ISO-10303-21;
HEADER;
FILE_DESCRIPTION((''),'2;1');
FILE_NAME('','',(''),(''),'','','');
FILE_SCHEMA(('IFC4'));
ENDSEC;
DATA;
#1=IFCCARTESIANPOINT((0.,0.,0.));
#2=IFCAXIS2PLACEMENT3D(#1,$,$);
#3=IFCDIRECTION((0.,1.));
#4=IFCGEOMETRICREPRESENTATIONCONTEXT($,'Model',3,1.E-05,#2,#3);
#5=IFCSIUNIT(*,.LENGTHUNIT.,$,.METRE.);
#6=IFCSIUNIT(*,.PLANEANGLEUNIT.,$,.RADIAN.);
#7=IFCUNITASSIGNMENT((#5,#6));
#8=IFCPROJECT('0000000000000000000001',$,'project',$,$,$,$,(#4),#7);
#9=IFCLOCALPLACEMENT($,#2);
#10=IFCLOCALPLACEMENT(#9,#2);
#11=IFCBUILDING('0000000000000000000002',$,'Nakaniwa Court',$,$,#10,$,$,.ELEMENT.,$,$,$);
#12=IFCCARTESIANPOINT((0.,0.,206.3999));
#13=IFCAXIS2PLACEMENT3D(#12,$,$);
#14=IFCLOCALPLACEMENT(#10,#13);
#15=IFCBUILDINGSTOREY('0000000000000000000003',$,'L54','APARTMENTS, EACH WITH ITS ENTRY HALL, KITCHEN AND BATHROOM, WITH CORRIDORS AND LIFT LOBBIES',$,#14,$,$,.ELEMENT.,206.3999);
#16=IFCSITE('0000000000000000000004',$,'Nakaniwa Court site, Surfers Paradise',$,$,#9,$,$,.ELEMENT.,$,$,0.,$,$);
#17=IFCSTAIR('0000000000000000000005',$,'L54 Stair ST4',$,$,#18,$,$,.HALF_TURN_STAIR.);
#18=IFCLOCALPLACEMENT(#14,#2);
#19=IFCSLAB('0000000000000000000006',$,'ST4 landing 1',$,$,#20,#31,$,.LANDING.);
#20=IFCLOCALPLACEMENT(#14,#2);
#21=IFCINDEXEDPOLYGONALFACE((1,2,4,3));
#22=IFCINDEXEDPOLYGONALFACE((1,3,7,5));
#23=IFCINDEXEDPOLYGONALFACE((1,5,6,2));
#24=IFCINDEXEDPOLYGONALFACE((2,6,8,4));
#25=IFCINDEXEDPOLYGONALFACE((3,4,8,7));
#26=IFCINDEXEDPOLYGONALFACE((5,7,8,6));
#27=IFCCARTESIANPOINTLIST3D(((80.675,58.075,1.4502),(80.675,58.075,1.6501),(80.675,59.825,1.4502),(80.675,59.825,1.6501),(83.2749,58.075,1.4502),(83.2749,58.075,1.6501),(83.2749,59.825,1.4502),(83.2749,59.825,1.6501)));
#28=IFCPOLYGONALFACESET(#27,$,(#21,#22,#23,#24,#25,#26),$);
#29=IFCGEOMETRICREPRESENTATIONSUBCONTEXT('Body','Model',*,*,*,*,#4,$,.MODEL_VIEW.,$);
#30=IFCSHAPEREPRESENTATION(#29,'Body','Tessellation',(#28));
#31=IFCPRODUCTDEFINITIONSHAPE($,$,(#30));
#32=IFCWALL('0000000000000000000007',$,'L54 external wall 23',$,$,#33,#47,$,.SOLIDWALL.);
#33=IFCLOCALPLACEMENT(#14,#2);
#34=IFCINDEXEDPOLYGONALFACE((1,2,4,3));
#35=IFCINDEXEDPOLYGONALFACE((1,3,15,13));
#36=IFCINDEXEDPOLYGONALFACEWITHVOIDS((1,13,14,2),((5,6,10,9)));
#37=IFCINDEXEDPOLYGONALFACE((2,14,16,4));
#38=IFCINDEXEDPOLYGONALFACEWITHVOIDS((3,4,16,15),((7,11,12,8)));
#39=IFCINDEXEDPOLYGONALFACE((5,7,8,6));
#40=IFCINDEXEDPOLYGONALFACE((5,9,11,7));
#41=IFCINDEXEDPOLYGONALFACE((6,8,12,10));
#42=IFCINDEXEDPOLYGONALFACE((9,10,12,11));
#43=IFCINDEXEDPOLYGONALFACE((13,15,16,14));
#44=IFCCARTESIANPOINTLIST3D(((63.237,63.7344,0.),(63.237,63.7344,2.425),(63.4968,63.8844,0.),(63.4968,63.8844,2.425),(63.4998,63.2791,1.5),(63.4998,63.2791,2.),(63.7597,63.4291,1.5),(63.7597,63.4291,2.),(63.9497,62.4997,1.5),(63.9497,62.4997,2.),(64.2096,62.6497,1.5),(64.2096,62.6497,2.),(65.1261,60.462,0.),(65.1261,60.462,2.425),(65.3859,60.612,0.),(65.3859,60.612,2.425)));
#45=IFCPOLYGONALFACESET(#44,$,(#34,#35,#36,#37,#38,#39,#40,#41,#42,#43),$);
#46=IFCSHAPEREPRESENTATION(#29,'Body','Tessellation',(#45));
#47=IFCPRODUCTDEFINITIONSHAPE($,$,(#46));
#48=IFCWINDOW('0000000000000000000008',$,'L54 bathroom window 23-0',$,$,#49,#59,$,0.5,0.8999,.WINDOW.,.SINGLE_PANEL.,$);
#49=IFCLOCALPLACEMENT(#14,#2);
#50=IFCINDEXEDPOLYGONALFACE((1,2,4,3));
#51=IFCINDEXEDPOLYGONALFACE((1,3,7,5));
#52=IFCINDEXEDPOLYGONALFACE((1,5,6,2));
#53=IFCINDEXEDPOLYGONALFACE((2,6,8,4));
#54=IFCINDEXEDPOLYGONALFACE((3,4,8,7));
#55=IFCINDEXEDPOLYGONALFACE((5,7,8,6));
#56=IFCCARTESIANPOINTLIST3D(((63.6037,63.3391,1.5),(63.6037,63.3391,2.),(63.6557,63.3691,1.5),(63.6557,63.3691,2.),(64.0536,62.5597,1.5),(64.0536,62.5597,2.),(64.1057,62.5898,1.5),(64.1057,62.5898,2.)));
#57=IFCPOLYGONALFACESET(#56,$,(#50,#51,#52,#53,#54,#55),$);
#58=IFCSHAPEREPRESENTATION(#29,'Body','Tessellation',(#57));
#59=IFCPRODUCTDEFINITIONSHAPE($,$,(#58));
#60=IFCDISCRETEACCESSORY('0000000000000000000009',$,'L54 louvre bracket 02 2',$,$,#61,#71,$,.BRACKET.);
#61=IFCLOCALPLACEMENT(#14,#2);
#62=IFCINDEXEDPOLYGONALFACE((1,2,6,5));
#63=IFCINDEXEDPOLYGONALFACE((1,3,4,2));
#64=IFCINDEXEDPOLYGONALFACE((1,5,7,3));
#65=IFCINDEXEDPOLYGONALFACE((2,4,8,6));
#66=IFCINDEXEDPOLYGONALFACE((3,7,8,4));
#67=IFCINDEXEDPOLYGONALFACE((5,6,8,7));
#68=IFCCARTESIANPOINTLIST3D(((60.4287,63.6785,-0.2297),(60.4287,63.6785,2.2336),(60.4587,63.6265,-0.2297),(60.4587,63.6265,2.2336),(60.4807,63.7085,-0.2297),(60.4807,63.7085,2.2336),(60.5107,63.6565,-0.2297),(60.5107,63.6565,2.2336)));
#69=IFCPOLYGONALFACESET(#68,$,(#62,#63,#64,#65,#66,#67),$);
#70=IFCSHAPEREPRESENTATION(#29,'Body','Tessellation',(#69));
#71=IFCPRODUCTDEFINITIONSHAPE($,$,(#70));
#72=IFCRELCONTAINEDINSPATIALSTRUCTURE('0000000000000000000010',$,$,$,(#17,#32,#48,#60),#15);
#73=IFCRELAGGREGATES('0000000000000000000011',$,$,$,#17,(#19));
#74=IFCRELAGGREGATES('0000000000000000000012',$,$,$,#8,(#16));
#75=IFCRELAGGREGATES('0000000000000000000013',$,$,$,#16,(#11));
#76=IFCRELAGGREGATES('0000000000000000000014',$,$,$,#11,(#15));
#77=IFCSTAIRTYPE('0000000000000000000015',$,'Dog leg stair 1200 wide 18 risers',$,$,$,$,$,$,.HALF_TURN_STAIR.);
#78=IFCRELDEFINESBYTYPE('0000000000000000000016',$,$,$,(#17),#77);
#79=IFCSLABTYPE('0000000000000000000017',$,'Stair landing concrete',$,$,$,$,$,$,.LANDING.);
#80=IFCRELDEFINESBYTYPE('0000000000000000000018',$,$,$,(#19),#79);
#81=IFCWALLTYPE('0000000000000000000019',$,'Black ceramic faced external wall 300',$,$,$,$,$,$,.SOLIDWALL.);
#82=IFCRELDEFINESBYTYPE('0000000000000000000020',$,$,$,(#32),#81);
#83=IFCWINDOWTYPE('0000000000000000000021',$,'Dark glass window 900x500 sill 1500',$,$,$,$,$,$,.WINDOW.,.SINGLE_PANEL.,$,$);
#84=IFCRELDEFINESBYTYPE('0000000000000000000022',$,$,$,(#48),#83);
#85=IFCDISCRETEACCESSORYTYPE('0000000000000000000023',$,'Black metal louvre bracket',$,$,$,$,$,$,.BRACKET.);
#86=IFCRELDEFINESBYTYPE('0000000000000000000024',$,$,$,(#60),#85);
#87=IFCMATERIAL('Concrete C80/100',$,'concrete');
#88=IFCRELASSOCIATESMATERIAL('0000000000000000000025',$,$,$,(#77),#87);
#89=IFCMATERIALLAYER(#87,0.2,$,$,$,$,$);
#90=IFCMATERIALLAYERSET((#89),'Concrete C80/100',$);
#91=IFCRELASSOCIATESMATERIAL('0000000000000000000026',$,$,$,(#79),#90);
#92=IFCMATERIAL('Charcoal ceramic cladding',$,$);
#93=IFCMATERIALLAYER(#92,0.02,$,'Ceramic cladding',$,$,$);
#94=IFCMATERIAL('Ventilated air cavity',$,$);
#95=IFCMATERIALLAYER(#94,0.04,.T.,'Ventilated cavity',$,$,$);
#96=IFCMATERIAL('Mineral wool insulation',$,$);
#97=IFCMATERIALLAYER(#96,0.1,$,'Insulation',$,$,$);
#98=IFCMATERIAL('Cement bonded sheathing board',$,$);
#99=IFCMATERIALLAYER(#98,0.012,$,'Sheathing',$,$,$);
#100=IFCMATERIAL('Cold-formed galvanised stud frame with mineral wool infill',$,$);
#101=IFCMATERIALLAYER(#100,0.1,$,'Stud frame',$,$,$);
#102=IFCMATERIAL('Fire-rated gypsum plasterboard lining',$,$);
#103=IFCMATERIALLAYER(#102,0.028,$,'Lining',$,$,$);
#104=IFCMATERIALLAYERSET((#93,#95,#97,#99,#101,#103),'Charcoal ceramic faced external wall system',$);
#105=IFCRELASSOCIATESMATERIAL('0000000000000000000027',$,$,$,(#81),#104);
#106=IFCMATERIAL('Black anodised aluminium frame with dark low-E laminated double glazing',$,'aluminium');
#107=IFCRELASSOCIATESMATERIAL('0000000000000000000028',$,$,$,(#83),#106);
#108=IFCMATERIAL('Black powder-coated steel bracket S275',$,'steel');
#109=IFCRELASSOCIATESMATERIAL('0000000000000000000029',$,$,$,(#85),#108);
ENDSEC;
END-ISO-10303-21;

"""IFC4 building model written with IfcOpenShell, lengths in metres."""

from ifc_helpers import new_model, si_unit, direction, frame, frame_2d, origin, origin_2d, place, context, subcontext, project, spatial, polyline, rectangle, outline, extrude, material, layer, layer_set, type_object, element, fill, aggregate, save


model = new_model("IFC4")

# Units and contexts
model_context = context("Model", 3, precision=1e-05, world=origin(), true_north=direction((0.0, 1.0)))
body_context = subcontext(model_context, "Body", "Model", "MODEL_VIEW")
ifc_project = project(units=[si_unit("LENGTHUNIT", "METRE"), si_unit("PLANEANGLEUNIT", "RADIAN")], contexts=[model_context])

# Site, building, storey
site_placement = place(None, origin())
site = spatial("IfcSite", under=ifc_project, at=site_placement, Name="Nakaniwa Court site, Surfers Paradise", CompositionType="ELEMENT", RefElevation=0.0)
building_placement = place(site_placement, origin())
building = spatial("IfcBuilding", under=site, at=building_placement, Name="Nakaniwa Court", CompositionType="ELEMENT")
storey_placement = place(building_placement, frame((0.0, 0.0, 206.3999)))
storey = spatial("IfcBuildingStorey", under=building, at=storey_placement, Name="L54", Description="APARTMENTS, EACH WITH ITS ENTRY HALL, KITCHEN AND BATHROOM, WITH CORRIDORS AND LIFT LOBBIES", CompositionType="ELEMENT", Elevation=206.3999)

# Shared definitions
ifc_material_1 = material(Name="Concrete C80/100", Category="concrete")

# Stair, slab
stair_type = type_object("IfcStairType", Name="Dog leg stair 1200 wide 18 risers", PredefinedType="HALF_TURN_STAIR", material=ifc_material_1)
ifc_layer_1 = layer(ifc_material_1, 0.2)
ifc_layer_set_1 = layer_set([ifc_layer_1], Name="Concrete C80/100")
slab_type_1 = type_object("IfcSlabType", Name="Stair landing concrete", PredefinedType="LANDING", material=ifc_layer_set_1)
stair_1_placement = place(storey_placement, origin())
stair_1 = element("IfcStair", 1, at=stair_1_placement, inside=storey, type_object=stair_type, Name="L54 Stair ST4", PredefinedType="HALF_TURN_STAIR")
slab_1_placement = place(storey_placement, frame((0.0, 0.0, 1.4502)))
slab_1 = element("IfcSlab", 2, at=slab_1_placement, type_object=slab_type_1, Name="ST4 landing 1", PredefinedType="LANDING", context=body_context, shape_type="SweptSolid", body=[
    extrude(outline(polyline([(83.2749, 58.075), (83.2749, 59.825), (80.675, 59.825), (80.675, 58.075), (83.2749, 58.075)])), origin(), (0.0, 0.0, 1.0), 0.2),
])
aggregate(stair_1, [slab_1])

# Wall, opening, window
ifc_material_2 = material(Name="Charcoal ceramic cladding")
ifc_layer_2 = layer(ifc_material_2, 0.02, Name="Ceramic cladding")
ifc_material_3 = material(Name="Ventilated air cavity")
ifc_layer_3 = layer(ifc_material_3, 0.04, ventilated=True, Name="Ventilated cavity")
ifc_material_4 = material(Name="Mineral wool insulation")
ifc_layer_4 = layer(ifc_material_4, 0.1, Name="Insulation")
ifc_material_5 = material(Name="Cement bonded sheathing board")
ifc_layer_5 = layer(ifc_material_5, 0.012, Name="Sheathing")
ifc_material_6 = material(Name="Cold-formed galvanised stud frame with mineral wool infill")
ifc_layer_6 = layer(ifc_material_6, 0.1, Name="Stud frame")
ifc_material_7 = material(Name="Fire-rated gypsum plasterboard lining")
ifc_layer_7 = layer(ifc_material_7, 0.028, Name="Lining")
ifc_layer_set_2 = layer_set([ifc_layer_2, ifc_layer_3, ifc_layer_4, ifc_layer_5, ifc_layer_6, ifc_layer_7], Name="Charcoal ceramic faced external wall system")
wall_type = type_object("IfcWallType", Name="Black ceramic faced external wall 300", PredefinedType="SOLIDWALL", material=ifc_layer_set_2)
wall_placement = place(storey_placement, frame((63.3669, 63.8093, 0.0), z_axis=(0.0, 0.0, 1.0), x_axis=(0.499961, -0.866048, 0.0)))
wall = element("IfcWall", 3, at=wall_placement, inside=storey, type_object=wall_type, Name="L54 external wall 23", PredefinedType="SOLIDWALL", context=body_context, shape_type="SweptSolid", body=[
    extrude(rectangle(XDim=3.7786, YDim=0.3, at=frame_2d((1.8892, 0.0))), origin(), (0.0, 0.0, 1.0), 2.425),
])
opening_placement = place(wall_placement, frame((0.5256, 0.0, 1.5)))
opening = element("IfcOpeningElement", 4, at=opening_placement, cuts=wall, PredefinedType="OPENING", context=body_context, shape_type="SweptSolid", body=[
    extrude(rectangle(XDim=0.8999, YDim=0.5, at=frame_2d((0.45, 0.25))), frame((0.0, 0.1599, 0.0), z_axis=(0.0, -1.0, 0.0), x_axis=(1.0, 0.0, 0.0)), (0.0, 0.0, 1.0), 0.3201),
])
ifc_material_8 = material(Name="Black anodised aluminium frame with dark low-E laminated double glazing", Category="aluminium")
window_type = type_object("IfcWindowType", Name="Dark glass window 900x500 sill 1500", PartitioningType="SINGLE_PANEL", PredefinedType="WINDOW", material=ifc_material_8)
window_placement = place(opening_placement, origin())
window = element("IfcWindow", 5, at=window_placement, inside=storey, type_object=window_type, Name="L54 bathroom window 23-0", OverallHeight=0.5, OverallWidth=0.8999, PartitioningType="SINGLE_PANEL", PredefinedType="WINDOW", context=body_context, shape_type="SweptSolid", body=[
    extrude(rectangle(XDim=0.8999, YDim=0.5, at=frame_2d((0.45, 0.25))), frame((0.0, 0.03, 0.0), z_axis=(0.0, -1.0, 0.0), x_axis=(1.0, 0.0, 0.0)), (0.0, 0.0, 1.0), 0.0601),
])
fill(opening, window)

# Discrete accessory
ifc_material_9 = material(Name="Black powder-coated steel bracket S275", Category="steel")
discrete_accessory_type = type_object("IfcDiscreteAccessoryType", Name="Black metal louvre bracket", PredefinedType="BRACKET", material=ifc_material_9)
discrete_accessory_placement = place(storey_placement, frame((60.4697, 63.6675, -0.2297), z_axis=(0.0, 0.0, 1.0), x_axis=(0.500017, -0.866016, 0.0)))
element("IfcDiscreteAccessory", 6, at=discrete_accessory_placement, inside=storey, type_object=discrete_accessory_type, Name="L54 louvre bracket 02 2", PredefinedType="BRACKET", context=body_context, shape_type="SweptSolid", body=[
    extrude(rectangle(XDim=0.0601, YDim=0.0601, at=origin_2d()), origin(), (0.0, 0.0, 1.0), 2.4634),
])

save(model, "model.ifc")
